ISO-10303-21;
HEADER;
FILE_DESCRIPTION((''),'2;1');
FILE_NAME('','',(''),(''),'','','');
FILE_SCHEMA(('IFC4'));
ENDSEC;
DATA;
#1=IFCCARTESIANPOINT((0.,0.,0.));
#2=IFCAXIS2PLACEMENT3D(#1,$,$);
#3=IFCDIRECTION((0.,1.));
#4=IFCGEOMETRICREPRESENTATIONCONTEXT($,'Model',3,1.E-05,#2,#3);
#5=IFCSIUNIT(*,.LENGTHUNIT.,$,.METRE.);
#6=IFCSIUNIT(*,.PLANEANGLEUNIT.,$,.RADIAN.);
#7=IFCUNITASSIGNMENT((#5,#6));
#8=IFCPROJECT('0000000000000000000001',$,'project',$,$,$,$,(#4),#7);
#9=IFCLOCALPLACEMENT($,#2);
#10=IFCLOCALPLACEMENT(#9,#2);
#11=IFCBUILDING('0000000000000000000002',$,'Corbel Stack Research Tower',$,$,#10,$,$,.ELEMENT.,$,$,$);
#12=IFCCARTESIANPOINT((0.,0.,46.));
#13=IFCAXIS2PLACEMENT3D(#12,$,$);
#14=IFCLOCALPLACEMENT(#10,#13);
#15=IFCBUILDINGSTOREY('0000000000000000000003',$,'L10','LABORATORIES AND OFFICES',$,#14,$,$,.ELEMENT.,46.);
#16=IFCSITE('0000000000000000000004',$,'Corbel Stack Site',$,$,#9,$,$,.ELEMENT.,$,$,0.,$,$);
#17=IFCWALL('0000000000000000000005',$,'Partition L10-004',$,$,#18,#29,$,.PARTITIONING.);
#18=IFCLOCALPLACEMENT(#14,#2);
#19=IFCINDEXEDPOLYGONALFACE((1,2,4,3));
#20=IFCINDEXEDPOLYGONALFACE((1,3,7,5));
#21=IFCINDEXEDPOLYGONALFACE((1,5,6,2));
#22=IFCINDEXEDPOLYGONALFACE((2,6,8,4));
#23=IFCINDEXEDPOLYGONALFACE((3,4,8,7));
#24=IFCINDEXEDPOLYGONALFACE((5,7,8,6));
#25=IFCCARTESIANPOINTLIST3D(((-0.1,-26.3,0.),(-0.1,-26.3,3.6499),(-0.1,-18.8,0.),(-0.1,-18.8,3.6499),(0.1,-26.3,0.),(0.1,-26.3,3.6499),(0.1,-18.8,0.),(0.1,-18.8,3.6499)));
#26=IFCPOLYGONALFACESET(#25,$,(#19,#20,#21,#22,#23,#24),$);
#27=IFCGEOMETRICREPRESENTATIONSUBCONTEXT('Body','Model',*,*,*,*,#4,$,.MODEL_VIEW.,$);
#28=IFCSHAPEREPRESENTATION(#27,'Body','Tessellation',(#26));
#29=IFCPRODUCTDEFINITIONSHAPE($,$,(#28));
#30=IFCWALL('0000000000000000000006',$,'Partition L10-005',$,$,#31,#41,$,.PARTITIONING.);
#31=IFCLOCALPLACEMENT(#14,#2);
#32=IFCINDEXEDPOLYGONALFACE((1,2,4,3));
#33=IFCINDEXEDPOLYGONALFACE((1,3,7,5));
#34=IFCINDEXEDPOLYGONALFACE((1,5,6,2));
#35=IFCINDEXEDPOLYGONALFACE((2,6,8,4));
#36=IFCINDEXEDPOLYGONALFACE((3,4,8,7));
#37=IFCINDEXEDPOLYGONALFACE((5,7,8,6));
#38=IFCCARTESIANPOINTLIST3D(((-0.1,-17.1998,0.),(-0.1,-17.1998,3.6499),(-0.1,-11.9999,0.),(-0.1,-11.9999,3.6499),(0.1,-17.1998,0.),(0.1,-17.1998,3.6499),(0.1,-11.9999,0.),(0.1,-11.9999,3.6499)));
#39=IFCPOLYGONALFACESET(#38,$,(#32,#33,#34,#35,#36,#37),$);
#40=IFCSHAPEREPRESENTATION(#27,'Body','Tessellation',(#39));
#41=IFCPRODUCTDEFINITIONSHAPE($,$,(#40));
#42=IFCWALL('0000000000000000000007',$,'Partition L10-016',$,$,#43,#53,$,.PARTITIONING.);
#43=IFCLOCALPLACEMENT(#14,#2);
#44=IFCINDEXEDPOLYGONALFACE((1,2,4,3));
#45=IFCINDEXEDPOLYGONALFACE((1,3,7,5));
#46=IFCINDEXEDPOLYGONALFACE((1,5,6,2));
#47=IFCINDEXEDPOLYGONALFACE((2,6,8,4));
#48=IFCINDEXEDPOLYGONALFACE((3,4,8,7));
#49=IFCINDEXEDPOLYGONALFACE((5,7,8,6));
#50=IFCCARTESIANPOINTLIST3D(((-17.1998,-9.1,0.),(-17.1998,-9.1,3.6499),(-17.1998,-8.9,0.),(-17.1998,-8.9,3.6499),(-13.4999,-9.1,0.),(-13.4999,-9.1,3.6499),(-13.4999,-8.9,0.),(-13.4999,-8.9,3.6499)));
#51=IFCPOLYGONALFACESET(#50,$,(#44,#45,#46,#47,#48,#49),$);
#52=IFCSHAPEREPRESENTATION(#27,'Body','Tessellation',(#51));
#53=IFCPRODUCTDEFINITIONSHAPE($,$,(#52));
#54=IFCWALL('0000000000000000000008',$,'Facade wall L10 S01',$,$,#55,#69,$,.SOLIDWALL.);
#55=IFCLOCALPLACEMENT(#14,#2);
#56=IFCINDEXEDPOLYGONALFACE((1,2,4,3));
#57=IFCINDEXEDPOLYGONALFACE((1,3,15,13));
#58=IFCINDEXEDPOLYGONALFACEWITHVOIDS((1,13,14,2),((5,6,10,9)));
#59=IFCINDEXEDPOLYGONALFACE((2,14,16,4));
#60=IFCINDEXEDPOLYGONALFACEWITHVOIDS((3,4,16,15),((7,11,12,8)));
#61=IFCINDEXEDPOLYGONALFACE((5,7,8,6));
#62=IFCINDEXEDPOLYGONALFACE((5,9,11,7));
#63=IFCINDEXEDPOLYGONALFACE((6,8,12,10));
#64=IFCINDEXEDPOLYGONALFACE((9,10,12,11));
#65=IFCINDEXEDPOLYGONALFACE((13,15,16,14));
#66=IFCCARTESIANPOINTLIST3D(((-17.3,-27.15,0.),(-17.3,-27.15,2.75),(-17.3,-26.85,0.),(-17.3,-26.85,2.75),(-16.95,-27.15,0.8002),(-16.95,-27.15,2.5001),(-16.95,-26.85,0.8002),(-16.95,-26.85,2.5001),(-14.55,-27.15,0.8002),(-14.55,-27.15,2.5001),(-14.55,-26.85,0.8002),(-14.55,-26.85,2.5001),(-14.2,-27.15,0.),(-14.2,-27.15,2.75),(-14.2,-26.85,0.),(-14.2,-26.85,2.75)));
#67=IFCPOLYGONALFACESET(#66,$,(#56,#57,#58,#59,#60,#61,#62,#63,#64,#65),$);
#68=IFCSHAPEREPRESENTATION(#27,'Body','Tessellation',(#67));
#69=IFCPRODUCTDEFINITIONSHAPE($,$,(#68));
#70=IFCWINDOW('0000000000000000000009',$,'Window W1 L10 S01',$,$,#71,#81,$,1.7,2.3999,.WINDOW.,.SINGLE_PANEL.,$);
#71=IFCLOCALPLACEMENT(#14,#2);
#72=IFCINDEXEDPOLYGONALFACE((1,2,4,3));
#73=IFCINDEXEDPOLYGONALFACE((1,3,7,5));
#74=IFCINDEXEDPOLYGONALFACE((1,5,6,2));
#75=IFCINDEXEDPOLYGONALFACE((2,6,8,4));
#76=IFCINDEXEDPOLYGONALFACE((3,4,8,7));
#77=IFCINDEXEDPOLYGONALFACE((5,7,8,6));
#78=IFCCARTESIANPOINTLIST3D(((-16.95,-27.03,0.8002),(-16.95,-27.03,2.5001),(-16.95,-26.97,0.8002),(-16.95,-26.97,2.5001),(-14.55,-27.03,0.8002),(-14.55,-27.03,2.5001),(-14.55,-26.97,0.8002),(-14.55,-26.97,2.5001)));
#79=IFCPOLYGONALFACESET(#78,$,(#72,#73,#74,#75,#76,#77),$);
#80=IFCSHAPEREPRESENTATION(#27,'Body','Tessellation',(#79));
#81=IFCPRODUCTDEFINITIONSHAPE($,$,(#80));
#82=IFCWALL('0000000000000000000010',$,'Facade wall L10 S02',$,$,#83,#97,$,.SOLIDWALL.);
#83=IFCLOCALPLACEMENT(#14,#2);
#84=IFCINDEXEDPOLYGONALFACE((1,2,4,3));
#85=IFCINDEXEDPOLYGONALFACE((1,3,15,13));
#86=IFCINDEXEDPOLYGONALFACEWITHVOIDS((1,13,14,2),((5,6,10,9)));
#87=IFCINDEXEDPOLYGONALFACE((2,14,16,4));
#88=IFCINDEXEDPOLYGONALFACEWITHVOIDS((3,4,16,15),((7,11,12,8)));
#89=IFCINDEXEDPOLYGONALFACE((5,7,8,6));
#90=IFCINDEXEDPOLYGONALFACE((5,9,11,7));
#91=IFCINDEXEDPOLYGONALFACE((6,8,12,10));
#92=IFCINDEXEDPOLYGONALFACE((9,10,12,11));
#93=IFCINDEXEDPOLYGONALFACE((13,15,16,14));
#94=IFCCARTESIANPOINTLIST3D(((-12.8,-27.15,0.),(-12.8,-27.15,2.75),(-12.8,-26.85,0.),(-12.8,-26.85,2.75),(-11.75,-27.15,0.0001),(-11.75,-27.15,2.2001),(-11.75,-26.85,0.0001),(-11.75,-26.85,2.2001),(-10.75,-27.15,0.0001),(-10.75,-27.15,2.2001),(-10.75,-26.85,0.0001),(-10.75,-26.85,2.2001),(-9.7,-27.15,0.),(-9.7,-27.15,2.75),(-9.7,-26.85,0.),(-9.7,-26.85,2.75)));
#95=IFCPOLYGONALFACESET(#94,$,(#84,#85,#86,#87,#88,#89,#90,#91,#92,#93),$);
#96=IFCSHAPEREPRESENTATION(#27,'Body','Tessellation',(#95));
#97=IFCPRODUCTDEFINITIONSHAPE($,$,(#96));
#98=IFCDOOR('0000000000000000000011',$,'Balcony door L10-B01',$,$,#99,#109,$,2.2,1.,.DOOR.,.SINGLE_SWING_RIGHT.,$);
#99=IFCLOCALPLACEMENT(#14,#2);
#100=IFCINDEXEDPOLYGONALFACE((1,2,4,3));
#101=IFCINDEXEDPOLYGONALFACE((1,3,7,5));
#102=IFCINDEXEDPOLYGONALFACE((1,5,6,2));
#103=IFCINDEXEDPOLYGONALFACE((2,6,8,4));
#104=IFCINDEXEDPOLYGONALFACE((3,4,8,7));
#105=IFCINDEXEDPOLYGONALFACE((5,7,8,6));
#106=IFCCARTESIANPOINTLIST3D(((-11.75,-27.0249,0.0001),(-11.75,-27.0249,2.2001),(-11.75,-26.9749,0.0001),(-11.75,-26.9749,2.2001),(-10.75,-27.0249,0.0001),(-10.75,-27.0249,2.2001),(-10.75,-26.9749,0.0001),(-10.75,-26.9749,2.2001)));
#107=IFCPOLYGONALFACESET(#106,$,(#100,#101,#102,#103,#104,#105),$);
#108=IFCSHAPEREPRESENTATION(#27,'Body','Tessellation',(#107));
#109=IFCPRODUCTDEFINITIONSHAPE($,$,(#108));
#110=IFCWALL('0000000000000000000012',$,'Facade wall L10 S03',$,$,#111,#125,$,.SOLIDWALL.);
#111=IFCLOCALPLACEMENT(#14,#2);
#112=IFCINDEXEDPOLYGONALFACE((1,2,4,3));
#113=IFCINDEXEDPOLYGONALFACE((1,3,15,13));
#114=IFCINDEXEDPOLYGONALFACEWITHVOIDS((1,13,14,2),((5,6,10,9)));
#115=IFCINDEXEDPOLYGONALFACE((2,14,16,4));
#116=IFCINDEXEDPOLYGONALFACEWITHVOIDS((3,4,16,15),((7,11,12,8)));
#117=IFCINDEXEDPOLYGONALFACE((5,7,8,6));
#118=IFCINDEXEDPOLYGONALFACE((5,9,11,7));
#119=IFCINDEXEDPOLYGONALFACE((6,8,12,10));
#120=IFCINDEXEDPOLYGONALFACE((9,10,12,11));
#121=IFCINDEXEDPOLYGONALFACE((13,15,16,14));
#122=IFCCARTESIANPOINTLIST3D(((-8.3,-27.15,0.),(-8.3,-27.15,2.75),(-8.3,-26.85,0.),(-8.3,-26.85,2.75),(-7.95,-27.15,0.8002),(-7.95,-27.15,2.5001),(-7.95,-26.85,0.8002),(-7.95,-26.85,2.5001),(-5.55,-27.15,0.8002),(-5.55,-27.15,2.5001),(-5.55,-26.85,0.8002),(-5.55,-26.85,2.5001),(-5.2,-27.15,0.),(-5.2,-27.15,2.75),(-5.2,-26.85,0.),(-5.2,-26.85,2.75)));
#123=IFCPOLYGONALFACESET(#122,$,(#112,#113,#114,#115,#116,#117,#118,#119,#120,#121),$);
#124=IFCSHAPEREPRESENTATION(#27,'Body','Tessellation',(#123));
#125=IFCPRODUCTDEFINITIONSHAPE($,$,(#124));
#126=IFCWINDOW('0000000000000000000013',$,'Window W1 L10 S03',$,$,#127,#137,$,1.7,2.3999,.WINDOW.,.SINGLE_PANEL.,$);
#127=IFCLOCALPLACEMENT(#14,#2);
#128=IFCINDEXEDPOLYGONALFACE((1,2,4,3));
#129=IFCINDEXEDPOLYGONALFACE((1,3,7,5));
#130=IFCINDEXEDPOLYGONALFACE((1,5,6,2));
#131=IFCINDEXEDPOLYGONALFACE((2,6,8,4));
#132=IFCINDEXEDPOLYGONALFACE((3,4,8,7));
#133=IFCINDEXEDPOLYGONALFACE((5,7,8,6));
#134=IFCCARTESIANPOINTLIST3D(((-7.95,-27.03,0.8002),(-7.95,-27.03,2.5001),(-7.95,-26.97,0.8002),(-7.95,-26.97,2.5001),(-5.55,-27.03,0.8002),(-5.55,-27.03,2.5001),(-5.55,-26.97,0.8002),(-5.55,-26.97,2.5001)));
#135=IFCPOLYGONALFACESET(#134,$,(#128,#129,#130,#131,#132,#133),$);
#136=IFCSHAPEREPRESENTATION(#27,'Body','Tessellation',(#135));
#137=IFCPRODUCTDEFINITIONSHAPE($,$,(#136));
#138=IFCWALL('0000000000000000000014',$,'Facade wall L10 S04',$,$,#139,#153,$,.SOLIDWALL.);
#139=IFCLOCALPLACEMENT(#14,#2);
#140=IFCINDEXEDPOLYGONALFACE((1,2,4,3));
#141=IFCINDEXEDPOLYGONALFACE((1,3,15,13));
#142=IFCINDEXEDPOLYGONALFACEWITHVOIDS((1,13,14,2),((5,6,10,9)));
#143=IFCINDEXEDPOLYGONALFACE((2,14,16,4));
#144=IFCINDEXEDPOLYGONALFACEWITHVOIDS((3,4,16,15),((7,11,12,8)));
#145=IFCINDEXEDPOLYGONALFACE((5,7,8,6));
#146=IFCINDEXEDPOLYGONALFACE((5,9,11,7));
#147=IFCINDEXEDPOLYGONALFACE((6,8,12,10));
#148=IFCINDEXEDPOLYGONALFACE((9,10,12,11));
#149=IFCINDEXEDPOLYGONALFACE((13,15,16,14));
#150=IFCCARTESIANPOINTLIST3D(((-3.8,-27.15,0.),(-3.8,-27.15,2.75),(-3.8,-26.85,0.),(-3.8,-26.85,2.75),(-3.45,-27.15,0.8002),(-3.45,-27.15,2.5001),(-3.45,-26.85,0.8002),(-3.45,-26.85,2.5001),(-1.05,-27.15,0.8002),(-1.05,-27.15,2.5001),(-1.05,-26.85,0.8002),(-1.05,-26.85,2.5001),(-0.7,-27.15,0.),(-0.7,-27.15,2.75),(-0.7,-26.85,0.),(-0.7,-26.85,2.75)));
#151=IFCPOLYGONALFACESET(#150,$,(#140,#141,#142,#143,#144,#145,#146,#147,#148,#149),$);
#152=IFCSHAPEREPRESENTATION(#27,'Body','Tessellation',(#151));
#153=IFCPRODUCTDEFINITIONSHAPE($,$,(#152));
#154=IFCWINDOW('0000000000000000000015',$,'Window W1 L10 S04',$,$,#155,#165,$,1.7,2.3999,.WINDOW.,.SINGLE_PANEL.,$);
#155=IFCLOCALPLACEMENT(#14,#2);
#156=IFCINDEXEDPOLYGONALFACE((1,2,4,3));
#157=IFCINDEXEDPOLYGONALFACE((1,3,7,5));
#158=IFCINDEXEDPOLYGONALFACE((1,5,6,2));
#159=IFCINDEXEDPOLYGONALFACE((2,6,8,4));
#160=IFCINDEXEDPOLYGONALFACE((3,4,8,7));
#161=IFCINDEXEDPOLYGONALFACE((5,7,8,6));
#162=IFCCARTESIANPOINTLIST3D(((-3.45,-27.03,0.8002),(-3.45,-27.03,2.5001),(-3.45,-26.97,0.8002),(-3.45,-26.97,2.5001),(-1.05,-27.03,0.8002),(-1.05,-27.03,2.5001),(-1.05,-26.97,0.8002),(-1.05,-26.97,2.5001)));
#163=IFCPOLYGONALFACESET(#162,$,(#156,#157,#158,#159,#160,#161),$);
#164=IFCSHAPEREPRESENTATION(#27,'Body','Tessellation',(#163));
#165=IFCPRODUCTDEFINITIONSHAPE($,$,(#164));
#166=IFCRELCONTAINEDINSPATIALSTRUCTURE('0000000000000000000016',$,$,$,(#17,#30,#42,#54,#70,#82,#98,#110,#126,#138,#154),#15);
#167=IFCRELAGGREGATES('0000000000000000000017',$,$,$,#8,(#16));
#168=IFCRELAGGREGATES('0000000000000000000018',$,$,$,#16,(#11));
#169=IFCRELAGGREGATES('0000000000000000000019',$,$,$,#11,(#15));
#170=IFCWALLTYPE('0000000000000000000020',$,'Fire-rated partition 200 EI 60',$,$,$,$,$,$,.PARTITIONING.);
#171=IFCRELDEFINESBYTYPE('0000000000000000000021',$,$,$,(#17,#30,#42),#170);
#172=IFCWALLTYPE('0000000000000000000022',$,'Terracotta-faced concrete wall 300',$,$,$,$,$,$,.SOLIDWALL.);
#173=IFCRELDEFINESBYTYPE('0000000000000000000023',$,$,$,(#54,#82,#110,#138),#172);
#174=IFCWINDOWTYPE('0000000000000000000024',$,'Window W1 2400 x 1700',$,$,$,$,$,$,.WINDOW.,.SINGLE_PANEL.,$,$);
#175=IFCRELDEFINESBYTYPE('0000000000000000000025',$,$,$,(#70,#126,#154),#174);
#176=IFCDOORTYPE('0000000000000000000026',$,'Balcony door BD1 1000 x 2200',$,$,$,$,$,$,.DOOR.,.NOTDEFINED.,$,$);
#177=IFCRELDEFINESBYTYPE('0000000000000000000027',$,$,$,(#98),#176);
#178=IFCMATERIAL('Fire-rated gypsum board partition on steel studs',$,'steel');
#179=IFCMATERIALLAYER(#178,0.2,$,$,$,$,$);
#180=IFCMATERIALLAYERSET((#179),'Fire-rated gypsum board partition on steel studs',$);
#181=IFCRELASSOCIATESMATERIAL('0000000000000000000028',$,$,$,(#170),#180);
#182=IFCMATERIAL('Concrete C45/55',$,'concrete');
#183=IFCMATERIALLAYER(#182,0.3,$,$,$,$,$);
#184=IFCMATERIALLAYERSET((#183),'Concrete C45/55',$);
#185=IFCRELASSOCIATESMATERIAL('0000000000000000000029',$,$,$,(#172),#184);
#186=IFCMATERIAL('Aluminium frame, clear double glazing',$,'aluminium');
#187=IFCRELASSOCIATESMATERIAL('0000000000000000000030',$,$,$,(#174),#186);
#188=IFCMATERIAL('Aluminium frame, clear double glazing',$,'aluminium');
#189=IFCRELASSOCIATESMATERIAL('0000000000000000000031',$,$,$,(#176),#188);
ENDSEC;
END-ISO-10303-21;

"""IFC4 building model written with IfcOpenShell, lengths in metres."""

from ifc_helpers import new_model, si_unit, direction, frame, frame_2d, origin, place, context, subcontext, project, spatial, rectangle, extrude, material, layer, layer_set, type_object, element, fill, save


model = new_model("IFC4")

# Units and contexts
model_context = context("Model", 3, precision=1e-05, world=origin(), true_north=direction((0.0, 1.0)))
body_context = subcontext(model_context, "Body", "Model", "MODEL_VIEW")
ifc_project = project(units=[si_unit("LENGTHUNIT", "METRE"), si_unit("PLANEANGLEUNIT", "RADIAN")], contexts=[model_context])

# Site, building, storey
site_placement = place(None, origin())
site = spatial("IfcSite", under=ifc_project, at=site_placement, Name="Corbel Stack Site", CompositionType="ELEMENT", RefElevation=0.0)
building_placement = place(site_placement, origin())
building = spatial("IfcBuilding", under=site, at=building_placement, Name="Corbel Stack Research Tower", CompositionType="ELEMENT")
storey_placement = place(building_placement, frame((0.0, 0.0, 46.0)))
storey = spatial("IfcBuildingStorey", under=building, at=storey_placement, Name="L10", Description="LABORATORIES AND OFFICES", CompositionType="ELEMENT", Elevation=46.0)

# Shared definitions
ifc_material_1 = material(Name="Fire-rated gypsum board partition on steel studs", Category="steel")
ifc_layer_1 = layer(ifc_material_1, 0.2)
ifc_layer_set_1 = layer_set([ifc_layer_1], Name="Fire-rated gypsum board partition on steel studs")
wall_type_1 = type_object("IfcWallType", Name="Fire-rated partition 200 EI 60", PredefinedType="PARTITIONING", material=ifc_layer_set_1)

# Walls
wall_1_placement = place(storey_placement, frame((0.0, -26.3, 0.0), z_axis=(0.0, 0.0, 1.0), x_axis=(0.0, 1.0, 0.0)))
element("IfcWall", 1, at=wall_1_placement, inside=storey, type_object=wall_type_1, Name="Partition L10-004", PredefinedType="PARTITIONING", context=body_context, shape_type="SweptSolid", body=[
    extrude(rectangle(XDim=7.5, YDim=0.2, at=frame_2d((3.75, 0.0))), origin(), (0.0, 0.0, 1.0), 3.6499),
])
wall_2_placement = place(storey_placement, frame((0.0, -17.2, 0.0), z_axis=(0.0, 0.0, 1.0), x_axis=(0.0, 1.0, 0.0)))
element("IfcWall", 2, at=wall_2_placement, inside=storey, type_object=wall_type_1, Name="Partition L10-005", PredefinedType="PARTITIONING", context=body_context, shape_type="SweptSolid", body=[
    extrude(rectangle(XDim=5.2, YDim=0.2, at=frame_2d((2.6001, 0.0))), origin(), (0.0, 0.0, 1.0), 3.6499),
])
wall_3_placement = place(storey_placement, frame((-17.2, -9.0, 0.0), z_axis=(0.0, 0.0, 1.0), x_axis=(1.0, 0.0, 0.0)))
element("IfcWall", 3, at=wall_3_placement, inside=storey, type_object=wall_type_1, Name="Partition L10-016", PredefinedType="PARTITIONING", context=body_context, shape_type="SweptSolid", body=[
    extrude(rectangle(XDim=3.7, YDim=0.2, at=frame_2d((1.8501, 0.0))), origin(), (0.0, 0.0, 1.0), 3.6499),
])

# Wall, opening, window
ifc_material_2 = material(Name="Concrete C45/55", Category="concrete")
ifc_layer_2 = layer(ifc_material_2, 0.3)
ifc_layer_set_2 = layer_set([ifc_layer_2], Name="Concrete C45/55")
wall_type_2 = type_object("IfcWallType", Name="Terracotta-faced concrete wall 300", PredefinedType="SOLIDWALL", material=ifc_layer_set_2)
wall_4_placement = place(storey_placement, frame((-14.2, -27.0, 0.0), z_axis=(0.0, 0.0, 1.0), x_axis=(-1.0, 0.0, 0.0)))
wall_4 = element("IfcWall", 4, at=wall_4_placement, inside=storey, type_object=wall_type_2, Name="Facade wall L10 S01", PredefinedType="SOLIDWALL", context=body_context, shape_type="SweptSolid", body=[
    extrude(rectangle(XDim=3.1001, YDim=0.3, at=frame_2d((1.55, 0.0))), origin(), (0.0, 0.0, 1.0), 2.75),
])
opening_1_placement = place(wall_4_placement, frame((0.3501, 0.0, 0.8)))
opening_1 = element("IfcOpeningElement", 5, at=opening_1_placement, cuts=wall_4, PredefinedType="OPENING", context=body_context, shape_type="SweptSolid", body=[
    extrude(rectangle(XDim=2.3999, YDim=1.7, at=frame_2d((1.2, 0.8501))), frame((0.0, 0.1599, 0.0), z_axis=(0.0, -1.0, 0.0), x_axis=(1.0, 0.0, 0.0)), (0.0, 0.0, 1.0), 0.3201),
])
ifc_material_3 = material(Name="Aluminium frame, clear double glazing", Category="aluminium")
window_type = type_object("IfcWindowType", Name="Window W1 2400 x 1700", PartitioningType="SINGLE_PANEL", PredefinedType="WINDOW", material=ifc_material_3)
window_1_placement = place(opening_1_placement, origin())
window_1 = element("IfcWindow", 6, at=window_1_placement, inside=storey, type_object=window_type, Name="Window W1 L10 S01", OverallHeight=1.7, OverallWidth=2.3999, PartitioningType="SINGLE_PANEL", PredefinedType="WINDOW", context=body_context, shape_type="SweptSolid", body=[
    extrude(rectangle(XDim=2.3999, YDim=1.7, at=frame_2d((1.2, 0.8501))), frame((0.0, 0.03, 0.0), z_axis=(0.0, -1.0, 0.0), x_axis=(1.0, 0.0, 0.0)), (0.0, 0.0, 1.0), 0.0601),
])
fill(opening_1, window_1)

# Wall, opening, door
wall_5_placement = place(storey_placement, frame((-9.7, -27.0, 0.0), z_axis=(0.0, 0.0, 1.0), x_axis=(-1.0, 0.0, 0.0)))
wall_5 = element("IfcWall", 7, at=wall_5_placement, inside=storey, type_object=wall_type_2, Name="Facade wall L10 S02", PredefinedType="SOLIDWALL", context=body_context, shape_type="SweptSolid", body=[
    extrude(rectangle(XDim=3.1001, YDim=0.3, at=frame_2d((1.55, 0.0))), origin(), (0.0, 0.0, 1.0), 2.75),
])
opening_2_placement = place(wall_5_placement, frame((1.05, 0.0, 0.0)))
opening_2 = element("IfcOpeningElement", 8, at=opening_2_placement, cuts=wall_5, PredefinedType="OPENING", context=body_context, shape_type="SweptSolid", body=[
    extrude(rectangle(XDim=1.0, YDim=2.2, at=frame_2d((0.5, 1.1001))), frame((0.0, 0.1599, 0.0), z_axis=(0.0, -1.0, 0.0), x_axis=(1.0, 0.0, 0.0)), (0.0, 0.0, 1.0), 0.3201),
])
ifc_material_4 = material(Name="Aluminium frame, clear double glazing", Category="aluminium")
door_type_1 = type_object("IfcDoorType", Name="Balcony door BD1 1000 x 2200", OperationType="NOTDEFINED", PredefinedType="DOOR", material=ifc_material_4)
door_1_placement = place(opening_2_placement, origin())
door_1 = element("IfcDoor", 9, at=door_1_placement, inside=storey, type_object=door_type_1, Name="Balcony door L10-B01", OperationType="SINGLE_SWING_RIGHT", OverallHeight=2.2, OverallWidth=1.0, PredefinedType="DOOR", context=body_context, shape_type="SweptSolid", body=[
    extrude(rectangle(XDim=1.0, YDim=2.2, at=frame_2d((0.5, 1.1001))), frame((0.0, 0.0249, 0.0), z_axis=(0.0, -1.0, 0.0), x_axis=(1.0, 0.0, 0.0)), (0.0, 0.0, 1.0), 0.05),
])
fill(opening_2, door_1)

# Walls, openings, windows
wall_6_placement = place(storey_placement, frame((-5.2, -27.0, 0.0), z_axis=(0.0, 0.0, 1.0), x_axis=(-1.0, 0.0, 0.0)))
wall_6 = element("IfcWall", 10, at=wall_6_placement, inside=storey, type_object=wall_type_2, Name="Facade wall L10 S03", PredefinedType="SOLIDWALL", context=body_context, shape_type="SweptSolid", body=[
    extrude(rectangle(XDim=3.1001, YDim=0.3, at=frame_2d((1.55, 0.0))), origin(), (0.0, 0.0, 1.0), 2.75),
])
opening_3_placement = place(wall_6_placement, frame((0.3501, 0.0, 0.8)))
opening_3 = element("IfcOpeningElement", 11, at=opening_3_placement, cuts=wall_6, PredefinedType="OPENING", context=body_context, shape_type="SweptSolid", body=[
    extrude(rectangle(XDim=2.3999, YDim=1.7, at=frame_2d((1.2, 0.8501))), frame((0.0, 0.1599, 0.0), z_axis=(0.0, -1.0, 0.0), x_axis=(1.0, 0.0, 0.0)), (0.0, 0.0, 1.0), 0.3201),
])
window_2_placement = place(opening_3_placement, origin())
window_2 = element("IfcWindow", 12, at=window_2_placement, inside=storey, type_object=window_type, Name="Window W1 L10 S03", OverallHeight=1.7, OverallWidth=2.3999, PartitioningType="SINGLE_PANEL", PredefinedType="WINDOW", context=body_context, shape_type="SweptSolid", body=[
    extrude(rectangle(XDim=2.3999, YDim=1.7, at=frame_2d((1.2, 0.8501))), frame((0.0, 0.03, 0.0), z_axis=(0.0, -1.0, 0.0), x_axis=(1.0, 0.0, 0.0)), (0.0, 0.0, 1.0), 0.0601),
])
fill(opening_3, window_2)
wall_7_placement = place(storey_placement, frame((-0.7, -27.0, 0.0), z_axis=(0.0, 0.0, 1.0), x_axis=(-1.0, 0.0, 0.0)))
wall_7 = element("IfcWall", 13, at=wall_7_placement, inside=storey, type_object=wall_type_2, Name="Facade wall L10 S04", PredefinedType="SOLIDWALL", context=body_context, shape_type="SweptSolid", body=[
    extrude(rectangle(XDim=3.1001, YDim=0.3, at=frame_2d((1.55, 0.0))), origin(), (0.0, 0.0, 1.0), 2.75),
])
opening_4_placement = place(wall_7_placement, frame((0.3501, 0.0, 0.8)))
opening_4 = element("IfcOpeningElement", 14, at=opening_4_placement, cuts=wall_7, PredefinedType="OPENING", context=body_context, shape_type="SweptSolid", body=[
    extrude(rectangle(XDim=2.3999, YDim=1.7, at=frame_2d((1.2, 0.8501))), frame((0.0, 0.1599, 0.0), z_axis=(0.0, -1.0, 0.0), x_axis=(1.0, 0.0, 0.0)), (0.0, 0.0, 1.0), 0.3201),
])
window_3_placement = place(opening_4_placement, origin())
window_3 = element("IfcWindow", 15, at=window_3_placement, inside=storey, type_object=window_type, Name="Window W1 L10 S04", OverallHeight=1.7, OverallWidth=2.3999, PartitioningType="SINGLE_PANEL", PredefinedType="WINDOW", context=body_context, shape_type="SweptSolid", body=[
    extrude(rectangle(XDim=2.3999, YDim=1.7, at=frame_2d((1.2, 0.8501))), frame((0.0, 0.03, 0.0), z_axis=(0.0, -1.0, 0.0), x_axis=(1.0, 0.0, 0.0)), (0.0, 0.0, 1.0), 0.0601),
])
fill(opening_4, window_3)

save(model, "model.ifc")
